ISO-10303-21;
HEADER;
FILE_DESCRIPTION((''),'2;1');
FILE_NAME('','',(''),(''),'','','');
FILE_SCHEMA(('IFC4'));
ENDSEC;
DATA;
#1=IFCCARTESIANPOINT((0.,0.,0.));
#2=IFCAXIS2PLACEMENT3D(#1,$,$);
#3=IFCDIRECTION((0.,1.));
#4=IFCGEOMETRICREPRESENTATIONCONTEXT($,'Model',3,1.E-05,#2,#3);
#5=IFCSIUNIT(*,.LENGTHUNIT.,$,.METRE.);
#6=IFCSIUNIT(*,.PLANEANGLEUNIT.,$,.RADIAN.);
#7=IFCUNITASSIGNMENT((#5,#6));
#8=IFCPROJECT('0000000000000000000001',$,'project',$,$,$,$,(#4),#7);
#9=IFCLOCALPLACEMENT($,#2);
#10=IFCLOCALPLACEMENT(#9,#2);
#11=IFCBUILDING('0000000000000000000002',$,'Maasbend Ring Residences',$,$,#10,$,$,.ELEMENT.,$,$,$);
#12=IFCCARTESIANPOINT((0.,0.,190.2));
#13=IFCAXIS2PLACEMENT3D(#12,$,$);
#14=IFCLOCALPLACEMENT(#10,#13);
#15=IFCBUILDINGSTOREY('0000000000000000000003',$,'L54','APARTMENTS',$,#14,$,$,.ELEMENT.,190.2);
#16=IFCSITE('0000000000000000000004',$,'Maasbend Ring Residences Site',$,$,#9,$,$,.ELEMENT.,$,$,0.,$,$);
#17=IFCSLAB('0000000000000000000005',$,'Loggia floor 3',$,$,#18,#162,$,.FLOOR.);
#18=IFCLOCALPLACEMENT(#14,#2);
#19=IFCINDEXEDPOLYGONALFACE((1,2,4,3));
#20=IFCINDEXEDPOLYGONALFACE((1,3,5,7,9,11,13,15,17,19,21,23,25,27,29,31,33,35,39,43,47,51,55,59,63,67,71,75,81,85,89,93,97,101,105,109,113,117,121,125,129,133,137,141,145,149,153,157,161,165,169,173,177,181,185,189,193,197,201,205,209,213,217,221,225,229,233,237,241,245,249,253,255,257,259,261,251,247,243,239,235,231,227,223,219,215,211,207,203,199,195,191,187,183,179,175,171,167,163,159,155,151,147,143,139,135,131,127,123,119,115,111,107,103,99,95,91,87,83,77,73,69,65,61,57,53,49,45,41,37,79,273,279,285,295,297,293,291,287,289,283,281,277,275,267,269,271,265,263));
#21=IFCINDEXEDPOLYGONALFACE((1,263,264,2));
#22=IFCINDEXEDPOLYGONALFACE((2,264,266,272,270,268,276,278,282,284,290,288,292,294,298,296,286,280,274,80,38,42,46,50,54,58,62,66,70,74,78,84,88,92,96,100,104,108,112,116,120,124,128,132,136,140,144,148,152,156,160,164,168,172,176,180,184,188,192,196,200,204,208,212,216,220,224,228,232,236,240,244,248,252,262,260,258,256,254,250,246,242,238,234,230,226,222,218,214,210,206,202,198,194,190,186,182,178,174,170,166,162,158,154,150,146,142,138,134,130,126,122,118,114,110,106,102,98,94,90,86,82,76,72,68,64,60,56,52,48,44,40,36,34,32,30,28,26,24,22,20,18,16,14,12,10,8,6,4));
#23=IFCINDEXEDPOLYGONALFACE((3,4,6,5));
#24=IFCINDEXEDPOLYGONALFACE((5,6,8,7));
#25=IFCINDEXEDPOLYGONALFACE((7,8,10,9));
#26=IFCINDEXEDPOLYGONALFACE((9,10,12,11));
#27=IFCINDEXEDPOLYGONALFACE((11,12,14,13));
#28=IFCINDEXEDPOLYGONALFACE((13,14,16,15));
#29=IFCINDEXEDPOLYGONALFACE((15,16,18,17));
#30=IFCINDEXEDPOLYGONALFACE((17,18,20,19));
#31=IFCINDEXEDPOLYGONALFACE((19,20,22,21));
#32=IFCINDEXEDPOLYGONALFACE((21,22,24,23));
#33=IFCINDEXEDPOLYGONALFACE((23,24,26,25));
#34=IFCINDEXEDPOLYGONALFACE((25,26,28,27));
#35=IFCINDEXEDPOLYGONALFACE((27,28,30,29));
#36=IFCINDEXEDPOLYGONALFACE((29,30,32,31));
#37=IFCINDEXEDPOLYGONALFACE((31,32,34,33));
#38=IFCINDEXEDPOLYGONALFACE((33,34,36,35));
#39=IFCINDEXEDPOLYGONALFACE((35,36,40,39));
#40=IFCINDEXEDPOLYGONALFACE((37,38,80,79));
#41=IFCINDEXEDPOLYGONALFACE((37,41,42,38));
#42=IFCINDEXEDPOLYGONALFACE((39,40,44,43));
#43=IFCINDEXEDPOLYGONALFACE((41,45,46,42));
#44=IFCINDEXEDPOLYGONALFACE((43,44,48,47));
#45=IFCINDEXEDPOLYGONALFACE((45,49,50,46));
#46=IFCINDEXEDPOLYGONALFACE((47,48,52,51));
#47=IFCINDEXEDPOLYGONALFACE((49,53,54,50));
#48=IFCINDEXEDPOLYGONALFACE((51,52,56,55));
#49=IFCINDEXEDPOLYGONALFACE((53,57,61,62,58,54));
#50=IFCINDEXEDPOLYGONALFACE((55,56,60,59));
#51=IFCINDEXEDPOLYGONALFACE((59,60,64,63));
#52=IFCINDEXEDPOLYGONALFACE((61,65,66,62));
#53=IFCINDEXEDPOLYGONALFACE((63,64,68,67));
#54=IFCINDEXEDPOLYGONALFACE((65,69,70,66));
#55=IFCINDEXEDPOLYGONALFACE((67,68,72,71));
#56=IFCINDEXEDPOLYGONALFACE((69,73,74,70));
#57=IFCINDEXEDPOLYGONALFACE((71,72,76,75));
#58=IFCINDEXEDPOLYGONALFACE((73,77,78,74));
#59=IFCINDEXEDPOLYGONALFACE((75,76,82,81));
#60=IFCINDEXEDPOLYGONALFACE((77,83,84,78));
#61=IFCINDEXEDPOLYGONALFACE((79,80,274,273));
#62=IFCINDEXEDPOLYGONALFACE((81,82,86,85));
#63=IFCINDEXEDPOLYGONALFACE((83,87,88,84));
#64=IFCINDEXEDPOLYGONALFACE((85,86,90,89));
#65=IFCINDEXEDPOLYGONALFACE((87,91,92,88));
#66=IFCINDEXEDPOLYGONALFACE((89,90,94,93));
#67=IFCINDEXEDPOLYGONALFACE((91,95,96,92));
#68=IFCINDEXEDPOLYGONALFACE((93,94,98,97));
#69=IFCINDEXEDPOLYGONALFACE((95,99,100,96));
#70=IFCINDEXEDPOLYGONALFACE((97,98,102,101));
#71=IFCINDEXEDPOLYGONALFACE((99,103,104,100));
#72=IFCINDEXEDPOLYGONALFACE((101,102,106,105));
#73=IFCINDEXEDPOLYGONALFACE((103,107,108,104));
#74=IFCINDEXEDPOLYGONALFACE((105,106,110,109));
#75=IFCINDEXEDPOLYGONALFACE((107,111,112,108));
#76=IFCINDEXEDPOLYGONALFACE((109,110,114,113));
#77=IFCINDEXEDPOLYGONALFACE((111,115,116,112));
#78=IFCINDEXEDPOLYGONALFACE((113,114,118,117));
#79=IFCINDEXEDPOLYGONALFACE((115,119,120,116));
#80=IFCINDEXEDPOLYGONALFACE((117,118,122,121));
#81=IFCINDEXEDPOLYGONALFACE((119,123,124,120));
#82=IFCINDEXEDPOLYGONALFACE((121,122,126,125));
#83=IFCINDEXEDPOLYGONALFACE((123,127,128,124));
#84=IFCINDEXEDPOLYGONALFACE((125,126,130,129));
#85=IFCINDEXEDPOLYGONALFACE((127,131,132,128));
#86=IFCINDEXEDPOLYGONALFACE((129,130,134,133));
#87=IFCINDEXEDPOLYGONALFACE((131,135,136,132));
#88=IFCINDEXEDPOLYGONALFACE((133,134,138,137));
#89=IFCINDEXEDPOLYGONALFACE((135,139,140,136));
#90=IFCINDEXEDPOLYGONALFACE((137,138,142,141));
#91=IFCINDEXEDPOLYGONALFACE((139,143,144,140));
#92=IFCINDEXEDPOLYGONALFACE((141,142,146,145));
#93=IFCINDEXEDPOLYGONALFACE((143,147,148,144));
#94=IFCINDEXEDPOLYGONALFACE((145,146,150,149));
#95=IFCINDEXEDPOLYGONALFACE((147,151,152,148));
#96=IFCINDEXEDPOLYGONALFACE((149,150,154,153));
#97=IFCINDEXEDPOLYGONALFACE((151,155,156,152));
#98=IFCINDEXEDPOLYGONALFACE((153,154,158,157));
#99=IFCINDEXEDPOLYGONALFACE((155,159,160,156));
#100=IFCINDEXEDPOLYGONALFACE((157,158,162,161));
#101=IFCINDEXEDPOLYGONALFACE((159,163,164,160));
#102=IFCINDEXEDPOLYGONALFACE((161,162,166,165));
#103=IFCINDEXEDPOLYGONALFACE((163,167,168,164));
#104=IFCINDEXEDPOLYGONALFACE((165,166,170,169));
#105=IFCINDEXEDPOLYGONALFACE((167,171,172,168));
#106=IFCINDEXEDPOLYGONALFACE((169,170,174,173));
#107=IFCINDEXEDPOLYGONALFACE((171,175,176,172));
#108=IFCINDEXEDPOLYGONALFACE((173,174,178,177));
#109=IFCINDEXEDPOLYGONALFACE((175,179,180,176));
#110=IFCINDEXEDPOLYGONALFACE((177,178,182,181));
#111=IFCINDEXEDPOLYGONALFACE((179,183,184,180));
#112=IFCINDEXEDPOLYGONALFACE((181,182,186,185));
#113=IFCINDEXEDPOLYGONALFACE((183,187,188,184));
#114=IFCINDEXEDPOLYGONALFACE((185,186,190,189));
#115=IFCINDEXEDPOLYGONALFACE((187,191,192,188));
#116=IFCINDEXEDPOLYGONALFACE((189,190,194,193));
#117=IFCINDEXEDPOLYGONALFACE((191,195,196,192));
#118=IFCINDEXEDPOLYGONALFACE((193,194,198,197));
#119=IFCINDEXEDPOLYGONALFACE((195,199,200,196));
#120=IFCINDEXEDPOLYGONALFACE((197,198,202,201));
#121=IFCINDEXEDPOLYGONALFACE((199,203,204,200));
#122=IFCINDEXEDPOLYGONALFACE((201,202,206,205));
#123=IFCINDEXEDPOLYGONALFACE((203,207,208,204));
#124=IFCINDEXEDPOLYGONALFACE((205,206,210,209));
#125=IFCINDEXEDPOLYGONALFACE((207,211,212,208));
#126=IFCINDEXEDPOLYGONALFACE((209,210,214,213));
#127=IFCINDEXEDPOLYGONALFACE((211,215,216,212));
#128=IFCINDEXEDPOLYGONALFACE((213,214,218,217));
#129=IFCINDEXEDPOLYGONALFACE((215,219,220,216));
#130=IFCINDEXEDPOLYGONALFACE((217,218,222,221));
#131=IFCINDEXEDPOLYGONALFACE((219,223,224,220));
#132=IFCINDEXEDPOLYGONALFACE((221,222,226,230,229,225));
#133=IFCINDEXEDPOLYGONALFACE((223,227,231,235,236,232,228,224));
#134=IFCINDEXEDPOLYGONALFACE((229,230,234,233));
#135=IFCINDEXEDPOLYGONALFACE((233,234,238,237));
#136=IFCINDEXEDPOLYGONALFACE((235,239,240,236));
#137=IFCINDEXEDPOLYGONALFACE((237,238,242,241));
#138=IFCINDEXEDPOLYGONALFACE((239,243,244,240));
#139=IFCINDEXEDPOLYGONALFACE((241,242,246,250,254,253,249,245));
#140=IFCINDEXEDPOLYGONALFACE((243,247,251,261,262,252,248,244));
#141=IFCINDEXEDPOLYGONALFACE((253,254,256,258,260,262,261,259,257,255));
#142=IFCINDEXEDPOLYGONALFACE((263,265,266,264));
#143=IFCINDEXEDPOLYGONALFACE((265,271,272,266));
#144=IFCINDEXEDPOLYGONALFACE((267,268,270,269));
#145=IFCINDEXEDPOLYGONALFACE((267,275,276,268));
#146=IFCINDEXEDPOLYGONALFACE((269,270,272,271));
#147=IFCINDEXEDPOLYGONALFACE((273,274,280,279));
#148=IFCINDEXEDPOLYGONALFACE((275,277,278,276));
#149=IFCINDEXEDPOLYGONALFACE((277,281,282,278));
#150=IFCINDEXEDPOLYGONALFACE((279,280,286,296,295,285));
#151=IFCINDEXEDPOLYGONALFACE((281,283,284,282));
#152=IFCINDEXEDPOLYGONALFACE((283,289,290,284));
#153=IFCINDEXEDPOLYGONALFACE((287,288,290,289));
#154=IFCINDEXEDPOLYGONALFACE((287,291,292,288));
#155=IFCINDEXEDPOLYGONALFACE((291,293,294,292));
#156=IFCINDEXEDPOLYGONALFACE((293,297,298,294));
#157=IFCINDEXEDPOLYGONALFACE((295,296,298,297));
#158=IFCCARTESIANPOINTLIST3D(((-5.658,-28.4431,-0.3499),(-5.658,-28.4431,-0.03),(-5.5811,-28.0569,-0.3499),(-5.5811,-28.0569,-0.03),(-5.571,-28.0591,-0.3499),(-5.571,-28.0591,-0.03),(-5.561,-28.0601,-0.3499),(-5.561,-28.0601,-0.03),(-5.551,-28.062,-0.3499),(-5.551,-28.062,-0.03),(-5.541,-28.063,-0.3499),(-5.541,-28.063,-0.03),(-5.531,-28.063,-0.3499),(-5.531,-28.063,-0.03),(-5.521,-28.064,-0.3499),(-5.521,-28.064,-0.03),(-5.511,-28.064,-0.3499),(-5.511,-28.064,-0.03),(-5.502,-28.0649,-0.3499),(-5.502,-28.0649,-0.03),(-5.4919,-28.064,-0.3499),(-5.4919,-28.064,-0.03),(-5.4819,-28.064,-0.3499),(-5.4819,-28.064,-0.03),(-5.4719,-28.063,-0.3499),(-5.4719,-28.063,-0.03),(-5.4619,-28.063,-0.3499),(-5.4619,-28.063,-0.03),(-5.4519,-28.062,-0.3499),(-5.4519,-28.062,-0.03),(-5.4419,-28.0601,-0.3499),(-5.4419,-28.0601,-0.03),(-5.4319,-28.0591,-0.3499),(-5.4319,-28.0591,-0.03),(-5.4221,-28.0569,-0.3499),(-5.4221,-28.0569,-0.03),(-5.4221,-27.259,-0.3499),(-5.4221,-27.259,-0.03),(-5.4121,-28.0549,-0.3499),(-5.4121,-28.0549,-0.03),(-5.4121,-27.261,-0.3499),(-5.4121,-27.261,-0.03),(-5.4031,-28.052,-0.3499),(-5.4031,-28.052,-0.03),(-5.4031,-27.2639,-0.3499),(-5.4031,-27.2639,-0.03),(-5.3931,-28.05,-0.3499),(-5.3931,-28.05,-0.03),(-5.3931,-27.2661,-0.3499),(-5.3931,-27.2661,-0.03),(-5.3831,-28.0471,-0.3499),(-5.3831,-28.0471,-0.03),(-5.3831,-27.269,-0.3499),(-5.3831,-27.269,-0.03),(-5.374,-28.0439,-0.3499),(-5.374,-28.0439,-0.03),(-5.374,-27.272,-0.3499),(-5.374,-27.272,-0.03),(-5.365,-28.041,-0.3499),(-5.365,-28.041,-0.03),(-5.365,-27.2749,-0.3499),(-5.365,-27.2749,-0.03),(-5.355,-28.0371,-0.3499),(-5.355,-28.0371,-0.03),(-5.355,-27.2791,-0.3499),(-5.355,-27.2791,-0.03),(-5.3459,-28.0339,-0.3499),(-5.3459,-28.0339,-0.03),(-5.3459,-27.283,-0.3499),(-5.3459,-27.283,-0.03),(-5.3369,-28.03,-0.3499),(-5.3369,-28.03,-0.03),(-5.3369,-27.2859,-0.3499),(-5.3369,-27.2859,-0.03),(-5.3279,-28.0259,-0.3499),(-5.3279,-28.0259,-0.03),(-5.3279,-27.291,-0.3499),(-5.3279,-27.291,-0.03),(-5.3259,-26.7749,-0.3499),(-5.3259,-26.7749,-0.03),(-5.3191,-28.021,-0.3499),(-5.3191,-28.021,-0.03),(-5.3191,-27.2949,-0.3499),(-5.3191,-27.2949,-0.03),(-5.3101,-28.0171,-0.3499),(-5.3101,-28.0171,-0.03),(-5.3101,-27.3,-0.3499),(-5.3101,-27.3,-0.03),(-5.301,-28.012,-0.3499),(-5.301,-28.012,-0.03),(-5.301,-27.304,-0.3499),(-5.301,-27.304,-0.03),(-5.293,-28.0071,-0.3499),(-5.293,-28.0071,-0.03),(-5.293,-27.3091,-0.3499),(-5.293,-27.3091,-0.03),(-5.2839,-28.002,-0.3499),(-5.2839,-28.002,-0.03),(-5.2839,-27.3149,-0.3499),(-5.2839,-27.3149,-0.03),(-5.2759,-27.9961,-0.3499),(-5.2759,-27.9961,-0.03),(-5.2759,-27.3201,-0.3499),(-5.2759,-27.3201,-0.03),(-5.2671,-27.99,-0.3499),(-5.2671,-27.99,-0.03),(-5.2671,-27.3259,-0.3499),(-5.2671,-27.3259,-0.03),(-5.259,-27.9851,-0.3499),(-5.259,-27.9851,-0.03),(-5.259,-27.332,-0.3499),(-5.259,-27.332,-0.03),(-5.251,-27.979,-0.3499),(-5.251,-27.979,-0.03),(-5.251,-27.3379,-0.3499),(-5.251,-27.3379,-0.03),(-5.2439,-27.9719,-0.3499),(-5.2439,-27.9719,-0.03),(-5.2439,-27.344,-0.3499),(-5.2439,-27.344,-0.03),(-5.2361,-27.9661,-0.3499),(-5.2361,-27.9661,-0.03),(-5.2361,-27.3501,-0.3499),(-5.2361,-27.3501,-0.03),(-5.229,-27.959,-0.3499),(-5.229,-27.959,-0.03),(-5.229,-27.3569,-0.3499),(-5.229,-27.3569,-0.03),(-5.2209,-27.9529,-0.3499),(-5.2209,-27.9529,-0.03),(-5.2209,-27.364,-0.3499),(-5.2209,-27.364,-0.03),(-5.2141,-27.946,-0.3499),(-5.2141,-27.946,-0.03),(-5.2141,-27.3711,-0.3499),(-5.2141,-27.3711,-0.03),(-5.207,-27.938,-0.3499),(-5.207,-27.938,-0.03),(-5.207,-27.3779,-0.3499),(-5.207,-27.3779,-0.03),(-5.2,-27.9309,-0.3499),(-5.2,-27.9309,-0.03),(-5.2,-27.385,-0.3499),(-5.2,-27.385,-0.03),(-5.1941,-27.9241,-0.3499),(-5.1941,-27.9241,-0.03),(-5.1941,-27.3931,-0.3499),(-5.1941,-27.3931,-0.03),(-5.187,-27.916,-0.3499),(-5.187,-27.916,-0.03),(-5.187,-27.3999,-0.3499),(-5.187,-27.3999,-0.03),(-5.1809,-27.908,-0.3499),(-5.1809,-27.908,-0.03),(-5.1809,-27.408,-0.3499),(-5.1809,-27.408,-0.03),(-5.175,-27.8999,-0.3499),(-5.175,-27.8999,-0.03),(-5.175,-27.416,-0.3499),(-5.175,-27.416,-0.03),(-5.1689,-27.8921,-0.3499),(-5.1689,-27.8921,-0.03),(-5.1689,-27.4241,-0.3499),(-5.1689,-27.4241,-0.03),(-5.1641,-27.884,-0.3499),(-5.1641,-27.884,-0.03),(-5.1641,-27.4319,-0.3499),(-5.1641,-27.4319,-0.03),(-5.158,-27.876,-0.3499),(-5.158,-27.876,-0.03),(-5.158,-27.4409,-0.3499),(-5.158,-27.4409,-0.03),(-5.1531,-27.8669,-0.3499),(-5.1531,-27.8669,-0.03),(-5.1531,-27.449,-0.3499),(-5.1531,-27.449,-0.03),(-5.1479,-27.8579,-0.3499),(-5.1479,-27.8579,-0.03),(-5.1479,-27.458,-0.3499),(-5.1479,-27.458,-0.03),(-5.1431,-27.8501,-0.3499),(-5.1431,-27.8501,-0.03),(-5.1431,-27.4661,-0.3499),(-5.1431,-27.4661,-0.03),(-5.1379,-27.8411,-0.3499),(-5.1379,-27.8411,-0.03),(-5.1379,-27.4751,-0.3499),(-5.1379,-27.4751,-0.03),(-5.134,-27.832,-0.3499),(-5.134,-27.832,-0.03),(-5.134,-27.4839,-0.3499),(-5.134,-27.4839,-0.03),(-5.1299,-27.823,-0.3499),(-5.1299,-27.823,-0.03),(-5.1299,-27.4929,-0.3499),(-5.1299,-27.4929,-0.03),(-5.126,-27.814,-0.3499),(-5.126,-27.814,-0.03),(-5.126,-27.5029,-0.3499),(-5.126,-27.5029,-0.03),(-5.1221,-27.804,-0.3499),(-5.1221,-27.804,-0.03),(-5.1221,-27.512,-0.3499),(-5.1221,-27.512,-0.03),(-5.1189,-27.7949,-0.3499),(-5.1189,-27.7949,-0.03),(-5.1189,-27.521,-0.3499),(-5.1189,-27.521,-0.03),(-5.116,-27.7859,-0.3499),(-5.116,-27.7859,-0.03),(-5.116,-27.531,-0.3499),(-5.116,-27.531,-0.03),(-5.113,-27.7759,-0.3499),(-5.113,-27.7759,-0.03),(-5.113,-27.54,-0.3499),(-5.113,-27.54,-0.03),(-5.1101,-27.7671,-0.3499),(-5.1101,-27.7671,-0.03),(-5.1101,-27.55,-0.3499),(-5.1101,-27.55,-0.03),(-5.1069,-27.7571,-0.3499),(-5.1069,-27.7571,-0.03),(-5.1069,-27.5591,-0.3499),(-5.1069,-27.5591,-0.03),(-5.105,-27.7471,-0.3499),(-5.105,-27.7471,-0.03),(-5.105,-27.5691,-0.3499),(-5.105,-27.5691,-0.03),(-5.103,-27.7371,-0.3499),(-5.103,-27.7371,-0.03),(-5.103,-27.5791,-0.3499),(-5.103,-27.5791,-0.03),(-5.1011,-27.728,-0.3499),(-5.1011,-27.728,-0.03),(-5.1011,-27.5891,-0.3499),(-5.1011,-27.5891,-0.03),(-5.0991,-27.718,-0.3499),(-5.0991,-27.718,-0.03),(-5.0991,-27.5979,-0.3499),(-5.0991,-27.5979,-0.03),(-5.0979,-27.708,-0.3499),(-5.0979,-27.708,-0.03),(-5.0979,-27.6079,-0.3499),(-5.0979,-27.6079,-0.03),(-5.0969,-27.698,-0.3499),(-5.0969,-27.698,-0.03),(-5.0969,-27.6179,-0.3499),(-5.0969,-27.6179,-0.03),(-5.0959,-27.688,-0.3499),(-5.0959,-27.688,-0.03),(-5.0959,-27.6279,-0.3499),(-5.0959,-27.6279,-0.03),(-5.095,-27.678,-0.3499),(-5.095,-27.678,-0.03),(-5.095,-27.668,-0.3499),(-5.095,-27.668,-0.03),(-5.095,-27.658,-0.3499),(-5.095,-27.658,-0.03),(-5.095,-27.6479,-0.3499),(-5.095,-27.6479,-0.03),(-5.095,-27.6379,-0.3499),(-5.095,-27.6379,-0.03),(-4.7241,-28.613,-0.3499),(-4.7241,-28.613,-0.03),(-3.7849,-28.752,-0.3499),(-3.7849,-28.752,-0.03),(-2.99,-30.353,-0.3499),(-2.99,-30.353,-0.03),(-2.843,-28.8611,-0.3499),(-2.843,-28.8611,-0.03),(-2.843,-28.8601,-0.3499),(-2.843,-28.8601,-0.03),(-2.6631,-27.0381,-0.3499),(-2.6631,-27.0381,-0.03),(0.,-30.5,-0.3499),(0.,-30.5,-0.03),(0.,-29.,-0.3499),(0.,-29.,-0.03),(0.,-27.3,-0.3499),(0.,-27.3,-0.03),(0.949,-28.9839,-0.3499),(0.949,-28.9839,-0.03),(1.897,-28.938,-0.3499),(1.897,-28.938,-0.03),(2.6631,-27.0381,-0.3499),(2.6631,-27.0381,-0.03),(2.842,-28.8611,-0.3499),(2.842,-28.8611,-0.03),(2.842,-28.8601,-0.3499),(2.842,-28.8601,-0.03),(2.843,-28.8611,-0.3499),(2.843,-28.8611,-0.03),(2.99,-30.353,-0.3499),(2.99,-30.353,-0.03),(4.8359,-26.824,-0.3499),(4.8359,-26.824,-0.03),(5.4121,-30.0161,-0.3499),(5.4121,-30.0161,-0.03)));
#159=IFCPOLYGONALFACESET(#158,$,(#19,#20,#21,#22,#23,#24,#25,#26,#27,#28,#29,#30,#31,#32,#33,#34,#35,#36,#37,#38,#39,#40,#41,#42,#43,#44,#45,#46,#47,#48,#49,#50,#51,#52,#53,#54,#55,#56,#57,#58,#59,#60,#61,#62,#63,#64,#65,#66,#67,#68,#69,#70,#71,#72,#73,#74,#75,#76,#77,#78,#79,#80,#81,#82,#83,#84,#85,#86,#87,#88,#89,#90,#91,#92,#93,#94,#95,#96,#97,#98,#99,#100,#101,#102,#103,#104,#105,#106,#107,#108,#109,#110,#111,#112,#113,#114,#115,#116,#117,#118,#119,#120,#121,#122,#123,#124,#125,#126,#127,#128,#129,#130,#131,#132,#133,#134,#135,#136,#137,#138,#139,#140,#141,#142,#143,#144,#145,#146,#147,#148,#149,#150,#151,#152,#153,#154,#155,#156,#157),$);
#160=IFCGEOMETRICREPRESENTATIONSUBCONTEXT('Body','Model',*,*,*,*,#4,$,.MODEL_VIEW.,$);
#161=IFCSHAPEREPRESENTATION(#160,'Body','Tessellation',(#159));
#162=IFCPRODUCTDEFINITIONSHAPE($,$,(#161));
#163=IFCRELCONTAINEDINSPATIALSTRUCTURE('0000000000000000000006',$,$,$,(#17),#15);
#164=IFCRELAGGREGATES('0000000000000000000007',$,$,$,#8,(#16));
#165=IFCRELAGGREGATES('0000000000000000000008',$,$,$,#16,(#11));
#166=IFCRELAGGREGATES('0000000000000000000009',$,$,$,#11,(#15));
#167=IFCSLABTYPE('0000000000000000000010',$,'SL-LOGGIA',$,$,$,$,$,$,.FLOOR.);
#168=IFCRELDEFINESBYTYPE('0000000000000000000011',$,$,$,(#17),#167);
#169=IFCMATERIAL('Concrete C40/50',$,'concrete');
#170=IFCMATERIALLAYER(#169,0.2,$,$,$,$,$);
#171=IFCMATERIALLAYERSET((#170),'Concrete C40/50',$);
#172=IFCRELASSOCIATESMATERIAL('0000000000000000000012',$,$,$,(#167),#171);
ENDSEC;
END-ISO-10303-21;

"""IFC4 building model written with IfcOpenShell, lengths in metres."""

from ifc_helpers import new_model, si_unit, direction, frame, origin, place, context, subcontext, project, spatial, polyline, outline, extrude, material, layer, layer_set, type_object, element, save


model = new_model("IFC4")

# Units and contexts
model_context = context("Model", 3, precision=1e-05, world=origin(), true_north=direction((0.0, 1.0)))
body_context = subcontext(model_context, "Body", "Model", "MODEL_VIEW")
ifc_project = project(units=[si_unit("LENGTHUNIT", "METRE"), si_unit("PLANEANGLEUNIT", "RADIAN")], contexts=[model_context])

# Site, building, storey
site_placement = place(None, origin())
site = spatial("IfcSite", under=ifc_project, at=site_placement, Name="Maasbend Ring Residences Site", CompositionType="ELEMENT", RefElevation=0.0)
building_placement = place(site_placement, origin())
building = spatial("IfcBuilding", under=site, at=building_placement, Name="Maasbend Ring Residences", CompositionType="ELEMENT")
storey_placement = place(building_placement, frame((0.0, 0.0, 190.2)))
storey = spatial("IfcBuildingStorey", under=building, at=storey_placement, Name="L54", Description="APARTMENTS", CompositionType="ELEMENT", Elevation=190.2)

# Slab
ifc_material_1 = material(Name="Concrete C40/50", Category="concrete")
ifc_layer_1 = layer(ifc_material_1, 0.2)
ifc_layer_set_1 = layer_set([ifc_layer_1], Name="Concrete C40/50")
slab_type_1 = type_object("IfcSlabType", Name="SL-LOGGIA", PredefinedType="FLOOR", material=ifc_layer_set_1)
slab_1_placement = place(storey_placement, frame((0.0, 0.0, -0.3499)))
element("IfcSlab", 1, at=slab_1_placement, inside=storey, type_object=slab_type_1, Name="Loggia floor 3", PredefinedType="FLOOR", context=body_context, shape_type="SweptSolid", body=[
    extrude(outline(polyline([(-2.6631, -27.0381), (0.0, -27.3), (0.0, -27.3), (0.0, -27.3), (2.6631, -27.0381), (4.8359, -26.824), (4.8359, -26.824), (4.8359, -26.824), (5.4121, -30.0161), (5.4121, -30.0161), (5.4121, -30.0161), (2.99, -30.353), (2.99, -30.353), (2.99, -30.353), (2.843, -28.8611), (2.843, -28.8611), (2.843, -28.8611), (2.843, -28.8611), (2.842, -28.8611), (2.842, -28.8611), (2.842, -28.8611), (2.842, -28.8611), (2.842, -28.8611), (2.842, -28.8601), (2.842, -28.8601), (2.842, -28.8601), (2.842, -28.8601), (2.842, -28.8601), (2.842, -28.8601), (2.842, -28.8601), (2.842, -28.8601), (1.897, -28.938), (1.897, -28.938), (0.949, -28.9839), (0.949, -28.9839), (0.0, -29.0), (0.0, -29.0), (0.0, -29.0), (0.0, -29.0), (0.0, -29.0), (0.0, -29.0), (0.0, -29.0), (0.0, -29.0), (0.0, -29.0), (0.0, -29.0), (0.0, -29.0), (0.0, -29.0), (0.0, -29.0), (0.0, -29.0), (0.0, -29.0), (0.0, -29.0), (0.0, -29.0), (0.0, -30.5), (0.0, -30.5), (0.0, -30.5), (-2.99, -30.353), (-2.99, -30.353), (-2.99, -30.353), (-2.843, -28.8611), (-2.843, -28.8611), (-2.843, -28.8611), (-2.843, -28.8611), (-2.843, -28.8611), (-2.843, -28.8611), (-2.843, -28.8611), (-2.843, -28.8611), (-2.843, -28.8601), (-2.843, -28.8601), (-2.843, -28.8601), (-2.843, -28.8601), (-2.843, -28.8601), (-2.843, -28.8601), (-2.843, -28.8601), (-2.843, -28.8601), (-2.843, -28.8601), (-3.7849, -28.752), (-3.7849, -28.752), (-4.7241, -28.613), (-4.7241, -28.613), (-5.658, -28.4431), (-5.658, -28.4431), (-5.658, -28.4431), (-5.5811, -28.0569), (-5.5811, -28.0569), (-5.571, -28.0591), (-5.561, -28.0601), (-5.551, -28.062), (-5.541, -28.063), (-5.531, -28.063), (-5.521, -28.064), (-5.511, -28.064), (-5.502, -28.0649), (-5.4919, -28.064), (-5.4819, -28.064), (-5.4719, -28.063), (-5.4619, -28.063), (-5.4519, -28.062), (-5.4419, -28.0601), (-5.4319, -28.0591), (-5.4221, -28.0569), (-5.4121, -28.0549), (-5.4031, -28.052), (-5.3931, -28.05), (-5.3831, -28.0471), (-5.374, -28.0439), (-5.365, -28.041), (-5.355, -28.0371), (-5.3459, -28.0339), (-5.3369, -28.03), (-5.3279, -28.0259), (-5.3191, -28.021), (-5.3101, -28.0171), (-5.301, -28.012), (-5.293, -28.0071), (-5.2839, -28.002), (-5.2759, -27.9961), (-5.2671, -27.99), (-5.259, -27.9851), (-5.251, -27.979), (-5.2439, -27.9719), (-5.2361, -27.9661), (-5.229, -27.959), (-5.2209, -27.9529), (-5.2141, -27.946), (-5.207, -27.938), (-5.2, -27.9309), (-5.1941, -27.9241), (-5.187, -27.916), (-5.1809, -27.908), (-5.175, -27.8999), (-5.1689, -27.8921), (-5.1641, -27.884), (-5.158, -27.876), (-5.1531, -27.8669), (-5.1479, -27.8579), (-5.1431, -27.8501), (-5.1379, -27.8411), (-5.134, -27.832), (-5.1299, -27.823), (-5.126, -27.814), (-5.1221, -27.804), (-5.1189, -27.7949), (-5.116, -27.7859), (-5.113, -27.7759), (-5.1101, -27.7671), (-5.1069, -27.7571), (-5.105, -27.7471), (-5.103, -27.7371), (-5.1011, -27.728), (-5.0991, -27.718), (-5.0979, -27.708), (-5.0969, -27.698), (-5.0959, -27.688), (-5.095, -27.678), (-5.095, -27.668), (-5.095, -27.658), (-5.095, -27.6479), (-5.095, -27.6379), (-5.0959, -27.6279), (-5.0969, -27.6179), (-5.0979, -27.6079), (-5.0991, -27.5979), (-5.1011, -27.5891), (-5.103, -27.5791), (-5.105, -27.5691), (-5.1069, -27.5591), (-5.1101, -27.55), (-5.113, -27.54), (-5.116, -27.531), (-5.1189, -27.521), (-5.1221, -27.512), (-5.126, -27.5029), (-5.1299, -27.4929), (-5.134, -27.4839), (-5.1379, -27.4751), (-5.1431, -27.4661), (-5.1479, -27.458), (-5.1531, -27.449), (-5.158, -27.4409), (-5.1641, -27.4319), (-5.1689, -27.4241), (-5.175, -27.416), (-5.1809, -27.408), (-5.187, -27.3999), (-5.1941, -27.3931), (-5.2, -27.385), (-5.207, -27.3779), (-5.2141, -27.3711), (-5.2209, -27.364), (-5.229, -27.3569), (-5.2361, -27.3501), (-5.2439, -27.344), (-5.251, -27.3379), (-5.259, -27.332), (-5.2671, -27.3259), (-5.2759, -27.3201), (-5.2839, -27.3149), (-5.293, -27.3091), (-5.301, -27.304), (-5.3101, -27.3), (-5.3191, -27.2949), (-5.3279, -27.291), (-5.3369, -27.2859), (-5.3459, -27.283), (-5.355, -27.2791), (-5.365, -27.2749), (-5.374, -27.272), (-5.3831, -27.269), (-5.3931, -27.2661), (-5.4031, -27.2639), (-5.4121, -27.261), (-5.4221, -27.259), (-5.4221, -27.259), (-5.3259, -26.7749), (-5.3259, -26.7749), (-5.3259, -26.7749), (-2.6631, -27.0381)])), origin(), (0.0, 0.0, 1.0), 0.3198),
])

save(model, "model.ifc")
